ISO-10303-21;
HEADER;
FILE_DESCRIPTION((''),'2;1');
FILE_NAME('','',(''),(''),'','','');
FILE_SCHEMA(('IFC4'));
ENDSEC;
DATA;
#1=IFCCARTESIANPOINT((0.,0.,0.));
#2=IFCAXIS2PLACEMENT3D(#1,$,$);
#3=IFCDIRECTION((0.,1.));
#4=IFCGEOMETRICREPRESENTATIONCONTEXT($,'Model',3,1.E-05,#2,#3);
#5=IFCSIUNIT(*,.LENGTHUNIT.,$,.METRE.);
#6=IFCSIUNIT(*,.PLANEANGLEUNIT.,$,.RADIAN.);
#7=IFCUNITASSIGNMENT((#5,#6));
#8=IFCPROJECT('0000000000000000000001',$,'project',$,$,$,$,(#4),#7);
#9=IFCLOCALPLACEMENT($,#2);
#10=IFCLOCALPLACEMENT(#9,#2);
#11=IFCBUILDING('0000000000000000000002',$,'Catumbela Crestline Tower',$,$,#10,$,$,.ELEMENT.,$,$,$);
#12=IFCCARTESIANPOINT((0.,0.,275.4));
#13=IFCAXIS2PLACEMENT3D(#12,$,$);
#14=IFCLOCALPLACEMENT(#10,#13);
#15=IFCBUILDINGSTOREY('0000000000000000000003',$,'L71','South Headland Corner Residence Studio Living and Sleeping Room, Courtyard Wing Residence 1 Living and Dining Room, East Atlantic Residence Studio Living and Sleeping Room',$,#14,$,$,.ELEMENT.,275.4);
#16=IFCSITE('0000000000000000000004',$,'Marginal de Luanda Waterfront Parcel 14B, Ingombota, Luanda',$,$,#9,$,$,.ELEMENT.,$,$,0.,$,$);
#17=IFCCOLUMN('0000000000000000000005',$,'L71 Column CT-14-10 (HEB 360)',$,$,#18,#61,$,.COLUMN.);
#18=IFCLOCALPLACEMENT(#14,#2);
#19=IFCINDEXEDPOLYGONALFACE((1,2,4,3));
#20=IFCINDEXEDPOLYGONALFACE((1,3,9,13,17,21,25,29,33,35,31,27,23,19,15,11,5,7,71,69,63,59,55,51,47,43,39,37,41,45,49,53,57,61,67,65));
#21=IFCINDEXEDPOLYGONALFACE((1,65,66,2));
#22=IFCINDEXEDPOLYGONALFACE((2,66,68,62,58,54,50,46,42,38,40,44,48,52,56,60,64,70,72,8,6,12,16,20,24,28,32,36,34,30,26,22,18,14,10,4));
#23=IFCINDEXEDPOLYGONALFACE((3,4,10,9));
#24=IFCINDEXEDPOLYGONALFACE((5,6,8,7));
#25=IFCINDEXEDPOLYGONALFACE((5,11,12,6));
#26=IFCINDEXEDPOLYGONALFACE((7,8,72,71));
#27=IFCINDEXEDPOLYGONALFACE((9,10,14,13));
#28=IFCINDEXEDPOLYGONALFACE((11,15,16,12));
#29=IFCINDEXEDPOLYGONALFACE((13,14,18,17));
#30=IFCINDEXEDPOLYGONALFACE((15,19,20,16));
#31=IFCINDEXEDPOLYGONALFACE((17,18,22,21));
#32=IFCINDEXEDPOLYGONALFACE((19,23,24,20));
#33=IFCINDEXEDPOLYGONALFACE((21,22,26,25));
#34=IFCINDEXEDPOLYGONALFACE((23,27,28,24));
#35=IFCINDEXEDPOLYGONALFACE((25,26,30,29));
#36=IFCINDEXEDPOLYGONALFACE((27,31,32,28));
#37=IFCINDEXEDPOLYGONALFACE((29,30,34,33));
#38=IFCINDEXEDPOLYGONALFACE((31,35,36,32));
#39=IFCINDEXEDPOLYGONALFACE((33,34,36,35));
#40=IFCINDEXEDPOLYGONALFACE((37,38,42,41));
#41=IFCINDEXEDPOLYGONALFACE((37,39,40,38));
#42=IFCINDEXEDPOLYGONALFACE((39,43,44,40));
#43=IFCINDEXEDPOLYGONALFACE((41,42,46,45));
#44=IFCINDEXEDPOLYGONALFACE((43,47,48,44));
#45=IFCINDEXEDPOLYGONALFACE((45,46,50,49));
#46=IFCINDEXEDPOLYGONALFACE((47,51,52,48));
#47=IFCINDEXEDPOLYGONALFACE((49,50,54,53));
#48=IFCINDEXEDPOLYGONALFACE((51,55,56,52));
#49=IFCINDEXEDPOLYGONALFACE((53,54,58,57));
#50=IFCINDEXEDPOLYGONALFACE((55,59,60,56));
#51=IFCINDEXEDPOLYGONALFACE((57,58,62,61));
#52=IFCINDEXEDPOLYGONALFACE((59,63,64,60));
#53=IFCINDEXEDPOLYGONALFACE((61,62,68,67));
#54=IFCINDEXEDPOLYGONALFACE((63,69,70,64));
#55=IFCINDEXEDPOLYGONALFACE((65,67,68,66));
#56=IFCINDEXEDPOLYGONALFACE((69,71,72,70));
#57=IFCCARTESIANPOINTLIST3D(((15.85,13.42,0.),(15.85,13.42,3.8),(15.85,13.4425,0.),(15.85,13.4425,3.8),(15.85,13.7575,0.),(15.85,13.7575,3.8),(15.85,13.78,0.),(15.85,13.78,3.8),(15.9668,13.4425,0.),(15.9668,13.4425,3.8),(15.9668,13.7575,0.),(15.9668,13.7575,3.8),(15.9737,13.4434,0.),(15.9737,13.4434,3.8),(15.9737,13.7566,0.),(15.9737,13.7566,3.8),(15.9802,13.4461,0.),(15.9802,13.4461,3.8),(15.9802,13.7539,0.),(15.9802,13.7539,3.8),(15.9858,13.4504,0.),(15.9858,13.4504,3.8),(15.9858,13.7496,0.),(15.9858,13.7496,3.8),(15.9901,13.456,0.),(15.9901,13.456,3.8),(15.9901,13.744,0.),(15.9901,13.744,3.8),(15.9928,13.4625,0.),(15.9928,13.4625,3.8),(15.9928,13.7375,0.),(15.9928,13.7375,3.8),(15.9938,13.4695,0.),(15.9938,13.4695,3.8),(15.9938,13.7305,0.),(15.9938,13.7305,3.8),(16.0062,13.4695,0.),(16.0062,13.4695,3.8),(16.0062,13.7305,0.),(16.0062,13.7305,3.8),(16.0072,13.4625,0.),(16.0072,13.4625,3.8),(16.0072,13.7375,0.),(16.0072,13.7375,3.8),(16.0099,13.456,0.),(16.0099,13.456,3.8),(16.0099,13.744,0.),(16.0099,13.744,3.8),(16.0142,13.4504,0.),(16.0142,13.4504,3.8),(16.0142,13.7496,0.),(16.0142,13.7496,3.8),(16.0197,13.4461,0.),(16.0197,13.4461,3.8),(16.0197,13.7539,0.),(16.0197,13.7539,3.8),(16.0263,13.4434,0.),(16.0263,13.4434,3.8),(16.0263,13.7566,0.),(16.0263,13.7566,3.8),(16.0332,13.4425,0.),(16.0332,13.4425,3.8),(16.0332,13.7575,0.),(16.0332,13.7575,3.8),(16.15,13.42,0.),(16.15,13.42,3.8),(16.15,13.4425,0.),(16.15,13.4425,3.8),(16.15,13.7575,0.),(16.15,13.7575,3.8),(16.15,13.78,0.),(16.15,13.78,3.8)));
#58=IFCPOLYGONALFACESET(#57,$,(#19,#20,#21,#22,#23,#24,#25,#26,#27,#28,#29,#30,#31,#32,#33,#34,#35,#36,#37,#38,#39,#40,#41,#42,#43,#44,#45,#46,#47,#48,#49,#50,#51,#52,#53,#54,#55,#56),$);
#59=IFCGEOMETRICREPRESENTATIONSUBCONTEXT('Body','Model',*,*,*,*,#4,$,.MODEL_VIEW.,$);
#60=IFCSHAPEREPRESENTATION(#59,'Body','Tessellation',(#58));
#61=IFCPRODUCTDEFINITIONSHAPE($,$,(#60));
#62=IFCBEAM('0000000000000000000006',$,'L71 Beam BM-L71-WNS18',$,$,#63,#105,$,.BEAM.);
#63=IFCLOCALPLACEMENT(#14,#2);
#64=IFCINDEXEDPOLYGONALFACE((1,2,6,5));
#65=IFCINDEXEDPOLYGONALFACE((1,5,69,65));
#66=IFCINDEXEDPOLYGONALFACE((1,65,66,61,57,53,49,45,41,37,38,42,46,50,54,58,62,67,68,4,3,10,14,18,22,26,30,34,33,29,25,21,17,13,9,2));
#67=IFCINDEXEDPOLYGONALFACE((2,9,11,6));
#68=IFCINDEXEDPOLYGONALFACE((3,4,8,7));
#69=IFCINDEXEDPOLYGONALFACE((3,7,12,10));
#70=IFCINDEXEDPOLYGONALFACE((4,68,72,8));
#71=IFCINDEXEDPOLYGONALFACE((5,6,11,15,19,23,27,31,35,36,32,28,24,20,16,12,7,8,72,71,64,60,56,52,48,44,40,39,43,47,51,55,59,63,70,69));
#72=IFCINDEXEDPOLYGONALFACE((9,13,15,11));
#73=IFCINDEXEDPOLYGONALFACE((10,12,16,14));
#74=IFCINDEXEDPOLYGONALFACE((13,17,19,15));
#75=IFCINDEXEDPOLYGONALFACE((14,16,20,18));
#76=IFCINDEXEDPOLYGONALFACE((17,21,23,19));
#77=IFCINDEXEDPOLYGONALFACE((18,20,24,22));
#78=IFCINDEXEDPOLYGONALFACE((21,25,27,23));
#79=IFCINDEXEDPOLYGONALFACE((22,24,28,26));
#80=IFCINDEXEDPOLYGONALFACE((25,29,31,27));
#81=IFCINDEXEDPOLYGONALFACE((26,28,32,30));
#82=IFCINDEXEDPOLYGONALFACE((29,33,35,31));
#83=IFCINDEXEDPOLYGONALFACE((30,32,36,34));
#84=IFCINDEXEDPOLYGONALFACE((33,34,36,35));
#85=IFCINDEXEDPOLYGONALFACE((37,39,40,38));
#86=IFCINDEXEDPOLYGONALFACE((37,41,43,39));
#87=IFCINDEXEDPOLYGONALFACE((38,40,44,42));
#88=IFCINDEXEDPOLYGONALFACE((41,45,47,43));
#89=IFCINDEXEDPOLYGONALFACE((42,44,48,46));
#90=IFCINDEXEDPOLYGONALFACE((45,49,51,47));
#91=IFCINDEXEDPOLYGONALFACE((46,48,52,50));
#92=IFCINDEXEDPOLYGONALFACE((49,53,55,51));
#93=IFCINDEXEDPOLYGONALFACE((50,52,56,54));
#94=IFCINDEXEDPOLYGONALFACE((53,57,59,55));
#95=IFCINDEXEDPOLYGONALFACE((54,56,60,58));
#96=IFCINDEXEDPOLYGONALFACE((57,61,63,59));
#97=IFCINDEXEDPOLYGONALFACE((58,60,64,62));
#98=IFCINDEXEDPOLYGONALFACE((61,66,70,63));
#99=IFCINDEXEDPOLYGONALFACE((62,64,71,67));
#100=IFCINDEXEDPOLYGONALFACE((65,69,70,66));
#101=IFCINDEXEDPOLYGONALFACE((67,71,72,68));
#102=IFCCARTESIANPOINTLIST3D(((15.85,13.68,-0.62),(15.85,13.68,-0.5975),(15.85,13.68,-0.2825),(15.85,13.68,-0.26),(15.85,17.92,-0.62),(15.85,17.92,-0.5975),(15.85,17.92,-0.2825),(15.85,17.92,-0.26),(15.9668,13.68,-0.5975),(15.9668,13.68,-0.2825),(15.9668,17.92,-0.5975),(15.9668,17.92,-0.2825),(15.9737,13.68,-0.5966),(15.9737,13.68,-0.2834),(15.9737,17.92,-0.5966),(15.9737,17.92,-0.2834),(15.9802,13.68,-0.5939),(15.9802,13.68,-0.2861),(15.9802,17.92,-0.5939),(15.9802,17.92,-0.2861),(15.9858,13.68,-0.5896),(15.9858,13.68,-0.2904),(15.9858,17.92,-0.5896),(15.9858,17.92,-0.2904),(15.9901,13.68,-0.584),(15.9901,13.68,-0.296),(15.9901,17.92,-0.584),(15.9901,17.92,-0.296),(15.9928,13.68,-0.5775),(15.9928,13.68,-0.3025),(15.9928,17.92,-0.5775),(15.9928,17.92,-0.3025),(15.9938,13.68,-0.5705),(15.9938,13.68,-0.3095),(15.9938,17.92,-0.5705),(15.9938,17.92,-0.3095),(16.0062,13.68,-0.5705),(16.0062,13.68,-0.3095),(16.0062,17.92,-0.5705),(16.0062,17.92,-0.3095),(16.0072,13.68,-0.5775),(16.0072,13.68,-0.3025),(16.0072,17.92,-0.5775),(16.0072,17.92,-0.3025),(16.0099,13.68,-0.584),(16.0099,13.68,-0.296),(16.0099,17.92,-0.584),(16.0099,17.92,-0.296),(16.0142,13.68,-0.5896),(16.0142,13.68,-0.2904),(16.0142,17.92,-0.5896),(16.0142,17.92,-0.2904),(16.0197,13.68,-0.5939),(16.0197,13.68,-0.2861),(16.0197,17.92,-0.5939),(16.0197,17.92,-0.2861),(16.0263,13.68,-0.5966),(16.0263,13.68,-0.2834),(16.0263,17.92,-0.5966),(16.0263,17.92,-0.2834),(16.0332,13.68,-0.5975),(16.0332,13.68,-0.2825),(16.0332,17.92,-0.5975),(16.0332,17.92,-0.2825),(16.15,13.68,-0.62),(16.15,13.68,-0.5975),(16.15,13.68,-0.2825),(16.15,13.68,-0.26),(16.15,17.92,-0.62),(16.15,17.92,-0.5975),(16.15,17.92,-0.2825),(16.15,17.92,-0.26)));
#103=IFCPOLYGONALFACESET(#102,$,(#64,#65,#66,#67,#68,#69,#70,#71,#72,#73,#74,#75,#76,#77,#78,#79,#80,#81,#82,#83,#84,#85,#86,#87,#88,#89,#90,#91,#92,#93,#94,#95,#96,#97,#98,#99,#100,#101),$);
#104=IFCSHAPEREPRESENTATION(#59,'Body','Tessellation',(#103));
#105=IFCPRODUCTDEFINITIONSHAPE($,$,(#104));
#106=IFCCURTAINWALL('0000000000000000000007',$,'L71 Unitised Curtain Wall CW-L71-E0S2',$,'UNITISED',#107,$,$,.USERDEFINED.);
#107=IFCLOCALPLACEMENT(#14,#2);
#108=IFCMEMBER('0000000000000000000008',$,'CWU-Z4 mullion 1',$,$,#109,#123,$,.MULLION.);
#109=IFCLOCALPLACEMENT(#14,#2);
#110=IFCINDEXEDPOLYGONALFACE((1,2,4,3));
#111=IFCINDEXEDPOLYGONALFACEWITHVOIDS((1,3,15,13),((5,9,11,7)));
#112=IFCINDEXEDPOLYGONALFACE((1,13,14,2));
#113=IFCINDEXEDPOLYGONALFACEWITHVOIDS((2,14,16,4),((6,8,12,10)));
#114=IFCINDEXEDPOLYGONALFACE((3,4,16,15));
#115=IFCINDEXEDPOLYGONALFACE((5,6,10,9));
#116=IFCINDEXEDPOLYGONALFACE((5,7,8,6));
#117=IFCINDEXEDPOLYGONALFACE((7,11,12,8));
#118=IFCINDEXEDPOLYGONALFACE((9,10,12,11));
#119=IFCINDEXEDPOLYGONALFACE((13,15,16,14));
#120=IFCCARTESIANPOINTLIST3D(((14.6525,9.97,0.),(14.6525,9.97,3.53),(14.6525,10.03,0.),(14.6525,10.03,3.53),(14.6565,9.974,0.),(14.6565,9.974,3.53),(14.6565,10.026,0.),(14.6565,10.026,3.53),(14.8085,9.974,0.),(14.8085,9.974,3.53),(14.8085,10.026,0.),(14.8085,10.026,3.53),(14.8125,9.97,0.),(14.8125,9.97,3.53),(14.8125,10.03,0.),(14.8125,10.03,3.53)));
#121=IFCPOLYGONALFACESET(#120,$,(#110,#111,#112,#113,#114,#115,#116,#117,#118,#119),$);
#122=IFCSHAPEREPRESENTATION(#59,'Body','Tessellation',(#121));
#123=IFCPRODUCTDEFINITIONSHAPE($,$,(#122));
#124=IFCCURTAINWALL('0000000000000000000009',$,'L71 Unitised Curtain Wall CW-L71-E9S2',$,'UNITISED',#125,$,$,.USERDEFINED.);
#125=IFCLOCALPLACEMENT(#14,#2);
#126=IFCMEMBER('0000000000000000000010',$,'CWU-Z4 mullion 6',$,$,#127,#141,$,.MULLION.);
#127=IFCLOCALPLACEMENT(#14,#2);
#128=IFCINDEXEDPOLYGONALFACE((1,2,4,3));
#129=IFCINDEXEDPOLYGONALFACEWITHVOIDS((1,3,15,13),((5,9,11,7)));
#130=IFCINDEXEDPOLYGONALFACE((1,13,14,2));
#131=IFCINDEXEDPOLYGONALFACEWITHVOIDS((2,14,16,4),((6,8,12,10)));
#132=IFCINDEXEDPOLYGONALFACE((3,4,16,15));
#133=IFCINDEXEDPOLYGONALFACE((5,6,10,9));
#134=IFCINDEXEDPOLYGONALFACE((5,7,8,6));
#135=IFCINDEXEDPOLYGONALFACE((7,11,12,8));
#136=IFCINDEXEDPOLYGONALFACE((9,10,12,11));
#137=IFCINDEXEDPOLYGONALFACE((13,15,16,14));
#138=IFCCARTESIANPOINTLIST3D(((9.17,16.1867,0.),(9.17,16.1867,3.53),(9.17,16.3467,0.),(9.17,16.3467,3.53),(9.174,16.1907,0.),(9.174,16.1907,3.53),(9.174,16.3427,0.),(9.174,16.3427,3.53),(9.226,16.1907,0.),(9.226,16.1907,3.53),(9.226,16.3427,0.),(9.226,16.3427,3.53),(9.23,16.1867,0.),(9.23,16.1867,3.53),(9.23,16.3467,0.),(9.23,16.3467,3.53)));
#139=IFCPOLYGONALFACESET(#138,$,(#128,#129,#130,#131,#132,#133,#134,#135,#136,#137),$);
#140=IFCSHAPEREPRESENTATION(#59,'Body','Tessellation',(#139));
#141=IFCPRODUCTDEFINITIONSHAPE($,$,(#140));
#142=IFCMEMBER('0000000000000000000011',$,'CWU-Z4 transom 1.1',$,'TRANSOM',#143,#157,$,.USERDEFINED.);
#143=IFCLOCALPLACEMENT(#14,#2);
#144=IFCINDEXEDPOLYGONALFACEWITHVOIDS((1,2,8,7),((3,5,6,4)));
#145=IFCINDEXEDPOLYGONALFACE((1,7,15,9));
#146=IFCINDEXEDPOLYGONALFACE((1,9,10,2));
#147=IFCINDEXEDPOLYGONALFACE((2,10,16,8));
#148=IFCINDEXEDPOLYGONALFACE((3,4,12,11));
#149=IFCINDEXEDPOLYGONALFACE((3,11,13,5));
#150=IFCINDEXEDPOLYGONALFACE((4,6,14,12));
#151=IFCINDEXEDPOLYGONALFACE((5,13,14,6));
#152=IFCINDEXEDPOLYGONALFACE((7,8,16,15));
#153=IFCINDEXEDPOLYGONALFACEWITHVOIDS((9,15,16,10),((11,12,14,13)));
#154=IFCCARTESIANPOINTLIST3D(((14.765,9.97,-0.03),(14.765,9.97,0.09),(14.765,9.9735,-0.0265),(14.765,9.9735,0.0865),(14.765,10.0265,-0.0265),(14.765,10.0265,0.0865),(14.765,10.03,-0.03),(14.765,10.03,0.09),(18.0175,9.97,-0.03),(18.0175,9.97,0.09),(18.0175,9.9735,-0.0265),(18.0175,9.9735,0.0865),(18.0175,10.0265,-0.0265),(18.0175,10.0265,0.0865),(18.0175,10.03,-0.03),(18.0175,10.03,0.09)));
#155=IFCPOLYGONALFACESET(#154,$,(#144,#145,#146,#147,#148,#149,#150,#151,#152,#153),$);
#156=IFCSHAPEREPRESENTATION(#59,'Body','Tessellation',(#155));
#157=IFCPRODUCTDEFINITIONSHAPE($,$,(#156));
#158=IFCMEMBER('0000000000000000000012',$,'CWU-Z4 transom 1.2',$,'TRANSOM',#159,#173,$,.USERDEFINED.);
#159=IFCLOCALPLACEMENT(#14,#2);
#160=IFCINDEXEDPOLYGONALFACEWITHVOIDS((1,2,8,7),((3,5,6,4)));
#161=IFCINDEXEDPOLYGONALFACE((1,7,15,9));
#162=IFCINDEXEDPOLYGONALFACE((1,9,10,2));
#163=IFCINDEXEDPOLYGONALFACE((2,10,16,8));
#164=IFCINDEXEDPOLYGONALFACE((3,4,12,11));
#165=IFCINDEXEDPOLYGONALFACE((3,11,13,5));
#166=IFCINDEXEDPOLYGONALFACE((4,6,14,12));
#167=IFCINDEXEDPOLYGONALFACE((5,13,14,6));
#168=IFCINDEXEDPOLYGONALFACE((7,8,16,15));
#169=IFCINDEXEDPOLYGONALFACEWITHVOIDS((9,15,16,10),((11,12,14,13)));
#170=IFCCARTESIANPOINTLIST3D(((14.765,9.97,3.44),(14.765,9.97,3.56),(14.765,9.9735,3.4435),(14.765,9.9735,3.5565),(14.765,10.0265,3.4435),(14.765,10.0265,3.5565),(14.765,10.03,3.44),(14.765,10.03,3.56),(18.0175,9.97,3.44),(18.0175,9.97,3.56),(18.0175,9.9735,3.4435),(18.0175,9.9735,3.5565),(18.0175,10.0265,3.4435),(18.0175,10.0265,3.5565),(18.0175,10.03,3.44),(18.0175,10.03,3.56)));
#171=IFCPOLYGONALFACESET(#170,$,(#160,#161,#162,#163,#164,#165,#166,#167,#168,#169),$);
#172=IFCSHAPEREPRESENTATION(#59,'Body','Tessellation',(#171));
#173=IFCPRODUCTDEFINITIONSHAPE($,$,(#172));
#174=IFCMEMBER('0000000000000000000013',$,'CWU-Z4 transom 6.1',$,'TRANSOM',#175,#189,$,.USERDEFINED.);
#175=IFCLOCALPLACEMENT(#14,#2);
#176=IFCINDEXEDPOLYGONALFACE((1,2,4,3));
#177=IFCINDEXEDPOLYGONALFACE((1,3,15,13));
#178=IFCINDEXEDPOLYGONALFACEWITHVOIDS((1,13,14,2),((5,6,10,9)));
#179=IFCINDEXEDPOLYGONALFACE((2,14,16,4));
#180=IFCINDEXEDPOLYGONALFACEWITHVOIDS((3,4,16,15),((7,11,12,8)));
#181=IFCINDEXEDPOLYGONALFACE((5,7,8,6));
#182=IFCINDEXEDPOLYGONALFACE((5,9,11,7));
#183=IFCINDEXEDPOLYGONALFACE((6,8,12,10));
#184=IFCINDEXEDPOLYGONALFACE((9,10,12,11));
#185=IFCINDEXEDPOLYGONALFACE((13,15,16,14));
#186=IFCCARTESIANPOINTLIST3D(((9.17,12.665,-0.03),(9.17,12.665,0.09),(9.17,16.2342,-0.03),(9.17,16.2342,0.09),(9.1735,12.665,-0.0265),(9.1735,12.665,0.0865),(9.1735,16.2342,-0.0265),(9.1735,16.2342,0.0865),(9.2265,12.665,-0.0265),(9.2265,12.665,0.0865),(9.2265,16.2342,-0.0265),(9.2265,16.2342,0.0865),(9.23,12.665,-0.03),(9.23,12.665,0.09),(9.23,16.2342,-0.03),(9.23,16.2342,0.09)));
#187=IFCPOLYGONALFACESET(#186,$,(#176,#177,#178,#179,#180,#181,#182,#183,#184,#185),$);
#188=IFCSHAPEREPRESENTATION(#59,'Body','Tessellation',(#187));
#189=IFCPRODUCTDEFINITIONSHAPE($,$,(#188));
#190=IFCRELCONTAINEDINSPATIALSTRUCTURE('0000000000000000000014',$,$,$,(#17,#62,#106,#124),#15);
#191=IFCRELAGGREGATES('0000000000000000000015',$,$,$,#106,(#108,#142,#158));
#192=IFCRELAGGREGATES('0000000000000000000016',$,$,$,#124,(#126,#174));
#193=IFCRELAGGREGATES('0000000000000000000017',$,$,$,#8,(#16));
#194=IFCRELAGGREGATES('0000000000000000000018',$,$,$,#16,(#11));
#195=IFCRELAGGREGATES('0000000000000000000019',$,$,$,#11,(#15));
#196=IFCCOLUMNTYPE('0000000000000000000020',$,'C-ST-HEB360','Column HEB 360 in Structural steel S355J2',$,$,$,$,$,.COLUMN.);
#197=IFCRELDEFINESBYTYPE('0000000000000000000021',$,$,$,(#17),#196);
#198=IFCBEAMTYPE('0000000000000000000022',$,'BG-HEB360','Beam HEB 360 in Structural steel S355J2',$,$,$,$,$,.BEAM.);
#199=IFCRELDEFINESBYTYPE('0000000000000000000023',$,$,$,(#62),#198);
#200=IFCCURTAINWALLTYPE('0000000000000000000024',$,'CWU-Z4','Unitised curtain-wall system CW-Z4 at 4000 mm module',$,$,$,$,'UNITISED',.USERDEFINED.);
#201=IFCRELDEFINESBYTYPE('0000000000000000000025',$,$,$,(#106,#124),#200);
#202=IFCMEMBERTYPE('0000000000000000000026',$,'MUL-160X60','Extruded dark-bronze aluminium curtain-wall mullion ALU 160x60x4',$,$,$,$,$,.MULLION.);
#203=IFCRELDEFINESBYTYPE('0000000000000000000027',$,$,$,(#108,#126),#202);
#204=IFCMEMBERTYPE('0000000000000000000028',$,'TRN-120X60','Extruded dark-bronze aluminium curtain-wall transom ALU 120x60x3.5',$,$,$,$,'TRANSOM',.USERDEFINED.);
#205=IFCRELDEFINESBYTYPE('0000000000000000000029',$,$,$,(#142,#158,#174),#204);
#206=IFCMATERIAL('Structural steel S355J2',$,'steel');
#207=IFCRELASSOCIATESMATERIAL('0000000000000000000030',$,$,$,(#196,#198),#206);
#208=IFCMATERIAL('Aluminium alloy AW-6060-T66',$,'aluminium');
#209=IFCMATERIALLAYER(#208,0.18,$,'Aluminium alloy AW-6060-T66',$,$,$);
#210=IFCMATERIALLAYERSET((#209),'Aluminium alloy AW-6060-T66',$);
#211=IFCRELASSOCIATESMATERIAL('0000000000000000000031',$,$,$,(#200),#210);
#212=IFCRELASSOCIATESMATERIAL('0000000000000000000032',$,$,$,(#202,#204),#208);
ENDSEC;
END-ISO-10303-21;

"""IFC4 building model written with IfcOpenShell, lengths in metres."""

from ifc_helpers import new_model, si_unit, direction, frame, origin, origin_2d, place, context, subcontext, project, spatial, hollow_rectangle, i_section, extrude, material, layer, layer_set, material_profile, profile_set, type_object, element, aggregate, save


model = new_model("IFC4")

# Units and contexts
model_context = context("Model", 3, precision=1e-05, world=origin(), true_north=direction((0.0, 1.0)))
body_context = subcontext(model_context, "Body", "Model", "MODEL_VIEW")
ifc_project = project(units=[si_unit("LENGTHUNIT", "METRE"), si_unit("PLANEANGLEUNIT", "RADIAN")], contexts=[model_context])

# Site, building, storey
site_placement = place(None, origin())
site = spatial("IfcSite", under=ifc_project, at=site_placement, Name="Marginal de Luanda Waterfront Parcel 14B, Ingombota, Luanda", CompositionType="ELEMENT", RefElevation=0.0)
building_placement = place(site_placement, origin())
building = spatial("IfcBuilding", under=site, at=building_placement, Name="Catumbela Crestline Tower", CompositionType="ELEMENT")
storey_placement = place(building_placement, frame((0.0, 0.0, 275.4)))
storey = spatial("IfcBuildingStorey", under=building, at=storey_placement, Name="L71", Description="South Headland Corner Residence Studio Living and Sleeping Room, Courtyard Wing Residence 1 Living and Dining Room, East Atlantic Residence Studio Living and Sleeping Room", CompositionType="ELEMENT", Elevation=275.4)

# Column
ifc_material_1 = material(Name="Structural steel S355J2", Category="steel")
ifc_material_profile_1 = material_profile(ifc_material_1, i_section(OverallWidth=0.3, OverallDepth=0.36, WebThickness=0.0125, FlangeThickness=0.0225, FilletRadius=0.027, at=origin_2d()), Name="HEB 360")
ifc_profile_set_1 = profile_set([ifc_material_profile_1], Name="Structural steel S355J2")
column_type = type_object("IfcColumnType", Name="C-ST-HEB360", Description="Column HEB 360 in Structural steel S355J2", PredefinedType="COLUMN", material=ifc_profile_set_1)
column_placement = place(storey_placement, frame((16.0, 13.6, 0.0), z_axis=(0.0, 0.0, 1.0), x_axis=(1.0, 0.0, 0.0)))
element("IfcColumn", 1, at=column_placement, inside=storey, type_object=column_type, Name="L71 Column CT-14-10 (HEB 360)", PredefinedType="COLUMN", context=body_context, shape_type="SweptSolid", body=[
    extrude(i_section(OverallWidth=0.3, OverallDepth=0.36, WebThickness=0.0125, FlangeThickness=0.0225, FilletRadius=0.027, at=origin_2d()), origin(), (0.0, 0.0, 1.0), 3.8),
])

# Beam
ifc_material_profile_2 = material_profile(ifc_material_1, i_section(OverallWidth=0.3, OverallDepth=0.36, WebThickness=0.0125, FlangeThickness=0.0225, FilletRadius=0.027, at=origin_2d()), Name="HEB 360")
ifc_profile_set_2 = profile_set([ifc_material_profile_2], Name="Structural steel S355J2")
beam_type = type_object("IfcBeamType", Name="BG-HEB360", Description="Beam HEB 360 in Structural steel S355J2", PredefinedType="BEAM", material=ifc_profile_set_2)
beam_placement = place(storey_placement, frame((16.0, 13.68, -0.44), z_axis=(0.0, 1.0, 0.0), x_axis=(-1.0, 0.0, 0.0)))
element("IfcBeam", 2, at=beam_placement, inside=storey, type_object=beam_type, Name="L71 Beam BM-L71-WNS18", PredefinedType="BEAM", context=body_context, shape_type="SweptSolid", body=[
    extrude(i_section(OverallWidth=0.3, OverallDepth=0.36, WebThickness=0.0125, FlangeThickness=0.0225, FilletRadius=0.027, at=origin_2d()), origin(), (0.0, 0.0, 1.0), 4.24),
])

# Curtain walls, members
ifc_material_2 = material(Name="Aluminium alloy AW-6060-T66", Category="aluminium")
ifc_layer_1 = layer(ifc_material_2, 0.18, Name="Aluminium alloy AW-6060-T66")
ifc_layer_set_1 = layer_set([ifc_layer_1], Name="Aluminium alloy AW-6060-T66")
curtain_wall_type = type_object("IfcCurtainWallType", Name="CWU-Z4", Description="Unitised curtain-wall system CW-Z4 at 4000 mm module", ElementType="UNITISED", PredefinedType="USERDEFINED", material=ifc_layer_set_1)
curtain_wall_1_placement = place(storey_placement, origin())
curtain_wall_1 = element("IfcCurtainWall", 3, at=curtain_wall_1_placement, inside=storey, type_object=curtain_wall_type, Name="L71 Unitised Curtain Wall CW-L71-E0S2", ObjectType="UNITISED", PredefinedType="USERDEFINED")
ifc_material_profile_3 = material_profile(ifc_material_2, hollow_rectangle(XDim=0.06, YDim=0.16, WallThickness=0.004, at=origin_2d()), Name="ALU 160x60x4")
ifc_profile_set_3 = profile_set([ifc_material_profile_3], Name="Aluminium alloy AW-6060-T66")
member_type_1 = type_object("IfcMemberType", Name="MUL-160X60", Description="Extruded dark-bronze aluminium curtain-wall mullion ALU 160x60x4", PredefinedType="MULLION", material=ifc_profile_set_3)
member_1_placement = place(storey_placement, frame((14.7325, 10.0, 0.0), z_axis=(0.0, 0.0, 1.0), x_axis=(0.0, 1.0, 0.0)))
member_1 = element("IfcMember", 4, at=member_1_placement, type_object=member_type_1, Name="CWU-Z4 mullion 1", PredefinedType="MULLION", context=body_context, shape_type="SweptSolid", body=[
    extrude(hollow_rectangle(XDim=0.06, YDim=0.16, WallThickness=0.004, at=origin_2d()), origin(), (0.0, 0.0, 1.0), 3.53),
])
curtain_wall_2_placement = place(storey_placement, origin())
curtain_wall_2 = element("IfcCurtainWall", 5, at=curtain_wall_2_placement, inside=storey, type_object=curtain_wall_type, Name="L71 Unitised Curtain Wall CW-L71-E9S2", ObjectType="UNITISED", PredefinedType="USERDEFINED")
member_2_placement = place(storey_placement, frame((9.2, 16.2667, 0.0), z_axis=(0.0, 0.0, 1.0), x_axis=(1.0, 0.0, 0.0)))
member_2 = element("IfcMember", 6, at=member_2_placement, type_object=member_type_1, Name="CWU-Z4 mullion 6", PredefinedType="MULLION", context=body_context, shape_type="SweptSolid", body=[
    extrude(hollow_rectangle(XDim=0.06, YDim=0.16, WallThickness=0.004, at=origin_2d()), origin(), (0.0, 0.0, 1.0), 3.53),
])

# Members
ifc_material_profile_4 = material_profile(ifc_material_2, hollow_rectangle(XDim=0.06, YDim=0.12, WallThickness=0.0035, at=origin_2d()), Name="ALU 120x60x3.5")
ifc_profile_set_4 = profile_set([ifc_material_profile_4], Name="Aluminium alloy AW-6060-T66")
member_type_2 = type_object("IfcMemberType", Name="TRN-120X60", Description="Extruded dark-bronze aluminium curtain-wall transom ALU 120x60x3.5", ElementType="TRANSOM", PredefinedType="USERDEFINED", material=ifc_profile_set_4)
member_3_placement = place(storey_placement, frame((14.765, 10.0, 0.03), z_axis=(1.0, 0.0, 0.0), x_axis=(0.0, 1.0, 0.0)))
member_3 = element("IfcMember", 7, at=member_3_placement, type_object=member_type_2, Name="CWU-Z4 transom 1.1", ObjectType="TRANSOM", PredefinedType="USERDEFINED", context=body_context, shape_type="SweptSolid", body=[
    extrude(hollow_rectangle(XDim=0.06, YDim=0.12, WallThickness=0.0035, at=origin_2d()), origin(), (0.0, 0.0, 1.0), 3.2525),
])
member_4_placement = place(storey_placement, frame((14.765, 10.0, 3.5), z_axis=(1.0, 0.0, 0.0), x_axis=(0.0, 1.0, 0.0)))
member_4 = element("IfcMember", 8, at=member_4_placement, type_object=member_type_2, Name="CWU-Z4 transom 1.2", ObjectType="TRANSOM", PredefinedType="USERDEFINED", context=body_context, shape_type="SweptSolid", body=[
    extrude(hollow_rectangle(XDim=0.06, YDim=0.12, WallThickness=0.0035, at=origin_2d()), origin(), (0.0, 0.0, 1.0), 3.2525),
])
aggregate(curtain_wall_1, [member_1, member_3, member_4])
member_5_placement = place(storey_placement, frame((9.2, 16.2342, 0.03), z_axis=(0.0, -1.0, 0.0), x_axis=(1.0, 0.0, 0.0)))
member_5 = element("IfcMember", 9, at=member_5_placement, type_object=member_type_2, Name="CWU-Z4 transom 6.1", ObjectType="TRANSOM", PredefinedType="USERDEFINED", context=body_context, shape_type="SweptSolid", body=[
    extrude(hollow_rectangle(XDim=0.06, YDim=0.12, WallThickness=0.0035, at=origin_2d()), origin(), (0.0, 0.0, 1.0), 3.5692),
])

aggregate(curtain_wall_2, [member_2, member_5])

save(model, "model.ifc")
